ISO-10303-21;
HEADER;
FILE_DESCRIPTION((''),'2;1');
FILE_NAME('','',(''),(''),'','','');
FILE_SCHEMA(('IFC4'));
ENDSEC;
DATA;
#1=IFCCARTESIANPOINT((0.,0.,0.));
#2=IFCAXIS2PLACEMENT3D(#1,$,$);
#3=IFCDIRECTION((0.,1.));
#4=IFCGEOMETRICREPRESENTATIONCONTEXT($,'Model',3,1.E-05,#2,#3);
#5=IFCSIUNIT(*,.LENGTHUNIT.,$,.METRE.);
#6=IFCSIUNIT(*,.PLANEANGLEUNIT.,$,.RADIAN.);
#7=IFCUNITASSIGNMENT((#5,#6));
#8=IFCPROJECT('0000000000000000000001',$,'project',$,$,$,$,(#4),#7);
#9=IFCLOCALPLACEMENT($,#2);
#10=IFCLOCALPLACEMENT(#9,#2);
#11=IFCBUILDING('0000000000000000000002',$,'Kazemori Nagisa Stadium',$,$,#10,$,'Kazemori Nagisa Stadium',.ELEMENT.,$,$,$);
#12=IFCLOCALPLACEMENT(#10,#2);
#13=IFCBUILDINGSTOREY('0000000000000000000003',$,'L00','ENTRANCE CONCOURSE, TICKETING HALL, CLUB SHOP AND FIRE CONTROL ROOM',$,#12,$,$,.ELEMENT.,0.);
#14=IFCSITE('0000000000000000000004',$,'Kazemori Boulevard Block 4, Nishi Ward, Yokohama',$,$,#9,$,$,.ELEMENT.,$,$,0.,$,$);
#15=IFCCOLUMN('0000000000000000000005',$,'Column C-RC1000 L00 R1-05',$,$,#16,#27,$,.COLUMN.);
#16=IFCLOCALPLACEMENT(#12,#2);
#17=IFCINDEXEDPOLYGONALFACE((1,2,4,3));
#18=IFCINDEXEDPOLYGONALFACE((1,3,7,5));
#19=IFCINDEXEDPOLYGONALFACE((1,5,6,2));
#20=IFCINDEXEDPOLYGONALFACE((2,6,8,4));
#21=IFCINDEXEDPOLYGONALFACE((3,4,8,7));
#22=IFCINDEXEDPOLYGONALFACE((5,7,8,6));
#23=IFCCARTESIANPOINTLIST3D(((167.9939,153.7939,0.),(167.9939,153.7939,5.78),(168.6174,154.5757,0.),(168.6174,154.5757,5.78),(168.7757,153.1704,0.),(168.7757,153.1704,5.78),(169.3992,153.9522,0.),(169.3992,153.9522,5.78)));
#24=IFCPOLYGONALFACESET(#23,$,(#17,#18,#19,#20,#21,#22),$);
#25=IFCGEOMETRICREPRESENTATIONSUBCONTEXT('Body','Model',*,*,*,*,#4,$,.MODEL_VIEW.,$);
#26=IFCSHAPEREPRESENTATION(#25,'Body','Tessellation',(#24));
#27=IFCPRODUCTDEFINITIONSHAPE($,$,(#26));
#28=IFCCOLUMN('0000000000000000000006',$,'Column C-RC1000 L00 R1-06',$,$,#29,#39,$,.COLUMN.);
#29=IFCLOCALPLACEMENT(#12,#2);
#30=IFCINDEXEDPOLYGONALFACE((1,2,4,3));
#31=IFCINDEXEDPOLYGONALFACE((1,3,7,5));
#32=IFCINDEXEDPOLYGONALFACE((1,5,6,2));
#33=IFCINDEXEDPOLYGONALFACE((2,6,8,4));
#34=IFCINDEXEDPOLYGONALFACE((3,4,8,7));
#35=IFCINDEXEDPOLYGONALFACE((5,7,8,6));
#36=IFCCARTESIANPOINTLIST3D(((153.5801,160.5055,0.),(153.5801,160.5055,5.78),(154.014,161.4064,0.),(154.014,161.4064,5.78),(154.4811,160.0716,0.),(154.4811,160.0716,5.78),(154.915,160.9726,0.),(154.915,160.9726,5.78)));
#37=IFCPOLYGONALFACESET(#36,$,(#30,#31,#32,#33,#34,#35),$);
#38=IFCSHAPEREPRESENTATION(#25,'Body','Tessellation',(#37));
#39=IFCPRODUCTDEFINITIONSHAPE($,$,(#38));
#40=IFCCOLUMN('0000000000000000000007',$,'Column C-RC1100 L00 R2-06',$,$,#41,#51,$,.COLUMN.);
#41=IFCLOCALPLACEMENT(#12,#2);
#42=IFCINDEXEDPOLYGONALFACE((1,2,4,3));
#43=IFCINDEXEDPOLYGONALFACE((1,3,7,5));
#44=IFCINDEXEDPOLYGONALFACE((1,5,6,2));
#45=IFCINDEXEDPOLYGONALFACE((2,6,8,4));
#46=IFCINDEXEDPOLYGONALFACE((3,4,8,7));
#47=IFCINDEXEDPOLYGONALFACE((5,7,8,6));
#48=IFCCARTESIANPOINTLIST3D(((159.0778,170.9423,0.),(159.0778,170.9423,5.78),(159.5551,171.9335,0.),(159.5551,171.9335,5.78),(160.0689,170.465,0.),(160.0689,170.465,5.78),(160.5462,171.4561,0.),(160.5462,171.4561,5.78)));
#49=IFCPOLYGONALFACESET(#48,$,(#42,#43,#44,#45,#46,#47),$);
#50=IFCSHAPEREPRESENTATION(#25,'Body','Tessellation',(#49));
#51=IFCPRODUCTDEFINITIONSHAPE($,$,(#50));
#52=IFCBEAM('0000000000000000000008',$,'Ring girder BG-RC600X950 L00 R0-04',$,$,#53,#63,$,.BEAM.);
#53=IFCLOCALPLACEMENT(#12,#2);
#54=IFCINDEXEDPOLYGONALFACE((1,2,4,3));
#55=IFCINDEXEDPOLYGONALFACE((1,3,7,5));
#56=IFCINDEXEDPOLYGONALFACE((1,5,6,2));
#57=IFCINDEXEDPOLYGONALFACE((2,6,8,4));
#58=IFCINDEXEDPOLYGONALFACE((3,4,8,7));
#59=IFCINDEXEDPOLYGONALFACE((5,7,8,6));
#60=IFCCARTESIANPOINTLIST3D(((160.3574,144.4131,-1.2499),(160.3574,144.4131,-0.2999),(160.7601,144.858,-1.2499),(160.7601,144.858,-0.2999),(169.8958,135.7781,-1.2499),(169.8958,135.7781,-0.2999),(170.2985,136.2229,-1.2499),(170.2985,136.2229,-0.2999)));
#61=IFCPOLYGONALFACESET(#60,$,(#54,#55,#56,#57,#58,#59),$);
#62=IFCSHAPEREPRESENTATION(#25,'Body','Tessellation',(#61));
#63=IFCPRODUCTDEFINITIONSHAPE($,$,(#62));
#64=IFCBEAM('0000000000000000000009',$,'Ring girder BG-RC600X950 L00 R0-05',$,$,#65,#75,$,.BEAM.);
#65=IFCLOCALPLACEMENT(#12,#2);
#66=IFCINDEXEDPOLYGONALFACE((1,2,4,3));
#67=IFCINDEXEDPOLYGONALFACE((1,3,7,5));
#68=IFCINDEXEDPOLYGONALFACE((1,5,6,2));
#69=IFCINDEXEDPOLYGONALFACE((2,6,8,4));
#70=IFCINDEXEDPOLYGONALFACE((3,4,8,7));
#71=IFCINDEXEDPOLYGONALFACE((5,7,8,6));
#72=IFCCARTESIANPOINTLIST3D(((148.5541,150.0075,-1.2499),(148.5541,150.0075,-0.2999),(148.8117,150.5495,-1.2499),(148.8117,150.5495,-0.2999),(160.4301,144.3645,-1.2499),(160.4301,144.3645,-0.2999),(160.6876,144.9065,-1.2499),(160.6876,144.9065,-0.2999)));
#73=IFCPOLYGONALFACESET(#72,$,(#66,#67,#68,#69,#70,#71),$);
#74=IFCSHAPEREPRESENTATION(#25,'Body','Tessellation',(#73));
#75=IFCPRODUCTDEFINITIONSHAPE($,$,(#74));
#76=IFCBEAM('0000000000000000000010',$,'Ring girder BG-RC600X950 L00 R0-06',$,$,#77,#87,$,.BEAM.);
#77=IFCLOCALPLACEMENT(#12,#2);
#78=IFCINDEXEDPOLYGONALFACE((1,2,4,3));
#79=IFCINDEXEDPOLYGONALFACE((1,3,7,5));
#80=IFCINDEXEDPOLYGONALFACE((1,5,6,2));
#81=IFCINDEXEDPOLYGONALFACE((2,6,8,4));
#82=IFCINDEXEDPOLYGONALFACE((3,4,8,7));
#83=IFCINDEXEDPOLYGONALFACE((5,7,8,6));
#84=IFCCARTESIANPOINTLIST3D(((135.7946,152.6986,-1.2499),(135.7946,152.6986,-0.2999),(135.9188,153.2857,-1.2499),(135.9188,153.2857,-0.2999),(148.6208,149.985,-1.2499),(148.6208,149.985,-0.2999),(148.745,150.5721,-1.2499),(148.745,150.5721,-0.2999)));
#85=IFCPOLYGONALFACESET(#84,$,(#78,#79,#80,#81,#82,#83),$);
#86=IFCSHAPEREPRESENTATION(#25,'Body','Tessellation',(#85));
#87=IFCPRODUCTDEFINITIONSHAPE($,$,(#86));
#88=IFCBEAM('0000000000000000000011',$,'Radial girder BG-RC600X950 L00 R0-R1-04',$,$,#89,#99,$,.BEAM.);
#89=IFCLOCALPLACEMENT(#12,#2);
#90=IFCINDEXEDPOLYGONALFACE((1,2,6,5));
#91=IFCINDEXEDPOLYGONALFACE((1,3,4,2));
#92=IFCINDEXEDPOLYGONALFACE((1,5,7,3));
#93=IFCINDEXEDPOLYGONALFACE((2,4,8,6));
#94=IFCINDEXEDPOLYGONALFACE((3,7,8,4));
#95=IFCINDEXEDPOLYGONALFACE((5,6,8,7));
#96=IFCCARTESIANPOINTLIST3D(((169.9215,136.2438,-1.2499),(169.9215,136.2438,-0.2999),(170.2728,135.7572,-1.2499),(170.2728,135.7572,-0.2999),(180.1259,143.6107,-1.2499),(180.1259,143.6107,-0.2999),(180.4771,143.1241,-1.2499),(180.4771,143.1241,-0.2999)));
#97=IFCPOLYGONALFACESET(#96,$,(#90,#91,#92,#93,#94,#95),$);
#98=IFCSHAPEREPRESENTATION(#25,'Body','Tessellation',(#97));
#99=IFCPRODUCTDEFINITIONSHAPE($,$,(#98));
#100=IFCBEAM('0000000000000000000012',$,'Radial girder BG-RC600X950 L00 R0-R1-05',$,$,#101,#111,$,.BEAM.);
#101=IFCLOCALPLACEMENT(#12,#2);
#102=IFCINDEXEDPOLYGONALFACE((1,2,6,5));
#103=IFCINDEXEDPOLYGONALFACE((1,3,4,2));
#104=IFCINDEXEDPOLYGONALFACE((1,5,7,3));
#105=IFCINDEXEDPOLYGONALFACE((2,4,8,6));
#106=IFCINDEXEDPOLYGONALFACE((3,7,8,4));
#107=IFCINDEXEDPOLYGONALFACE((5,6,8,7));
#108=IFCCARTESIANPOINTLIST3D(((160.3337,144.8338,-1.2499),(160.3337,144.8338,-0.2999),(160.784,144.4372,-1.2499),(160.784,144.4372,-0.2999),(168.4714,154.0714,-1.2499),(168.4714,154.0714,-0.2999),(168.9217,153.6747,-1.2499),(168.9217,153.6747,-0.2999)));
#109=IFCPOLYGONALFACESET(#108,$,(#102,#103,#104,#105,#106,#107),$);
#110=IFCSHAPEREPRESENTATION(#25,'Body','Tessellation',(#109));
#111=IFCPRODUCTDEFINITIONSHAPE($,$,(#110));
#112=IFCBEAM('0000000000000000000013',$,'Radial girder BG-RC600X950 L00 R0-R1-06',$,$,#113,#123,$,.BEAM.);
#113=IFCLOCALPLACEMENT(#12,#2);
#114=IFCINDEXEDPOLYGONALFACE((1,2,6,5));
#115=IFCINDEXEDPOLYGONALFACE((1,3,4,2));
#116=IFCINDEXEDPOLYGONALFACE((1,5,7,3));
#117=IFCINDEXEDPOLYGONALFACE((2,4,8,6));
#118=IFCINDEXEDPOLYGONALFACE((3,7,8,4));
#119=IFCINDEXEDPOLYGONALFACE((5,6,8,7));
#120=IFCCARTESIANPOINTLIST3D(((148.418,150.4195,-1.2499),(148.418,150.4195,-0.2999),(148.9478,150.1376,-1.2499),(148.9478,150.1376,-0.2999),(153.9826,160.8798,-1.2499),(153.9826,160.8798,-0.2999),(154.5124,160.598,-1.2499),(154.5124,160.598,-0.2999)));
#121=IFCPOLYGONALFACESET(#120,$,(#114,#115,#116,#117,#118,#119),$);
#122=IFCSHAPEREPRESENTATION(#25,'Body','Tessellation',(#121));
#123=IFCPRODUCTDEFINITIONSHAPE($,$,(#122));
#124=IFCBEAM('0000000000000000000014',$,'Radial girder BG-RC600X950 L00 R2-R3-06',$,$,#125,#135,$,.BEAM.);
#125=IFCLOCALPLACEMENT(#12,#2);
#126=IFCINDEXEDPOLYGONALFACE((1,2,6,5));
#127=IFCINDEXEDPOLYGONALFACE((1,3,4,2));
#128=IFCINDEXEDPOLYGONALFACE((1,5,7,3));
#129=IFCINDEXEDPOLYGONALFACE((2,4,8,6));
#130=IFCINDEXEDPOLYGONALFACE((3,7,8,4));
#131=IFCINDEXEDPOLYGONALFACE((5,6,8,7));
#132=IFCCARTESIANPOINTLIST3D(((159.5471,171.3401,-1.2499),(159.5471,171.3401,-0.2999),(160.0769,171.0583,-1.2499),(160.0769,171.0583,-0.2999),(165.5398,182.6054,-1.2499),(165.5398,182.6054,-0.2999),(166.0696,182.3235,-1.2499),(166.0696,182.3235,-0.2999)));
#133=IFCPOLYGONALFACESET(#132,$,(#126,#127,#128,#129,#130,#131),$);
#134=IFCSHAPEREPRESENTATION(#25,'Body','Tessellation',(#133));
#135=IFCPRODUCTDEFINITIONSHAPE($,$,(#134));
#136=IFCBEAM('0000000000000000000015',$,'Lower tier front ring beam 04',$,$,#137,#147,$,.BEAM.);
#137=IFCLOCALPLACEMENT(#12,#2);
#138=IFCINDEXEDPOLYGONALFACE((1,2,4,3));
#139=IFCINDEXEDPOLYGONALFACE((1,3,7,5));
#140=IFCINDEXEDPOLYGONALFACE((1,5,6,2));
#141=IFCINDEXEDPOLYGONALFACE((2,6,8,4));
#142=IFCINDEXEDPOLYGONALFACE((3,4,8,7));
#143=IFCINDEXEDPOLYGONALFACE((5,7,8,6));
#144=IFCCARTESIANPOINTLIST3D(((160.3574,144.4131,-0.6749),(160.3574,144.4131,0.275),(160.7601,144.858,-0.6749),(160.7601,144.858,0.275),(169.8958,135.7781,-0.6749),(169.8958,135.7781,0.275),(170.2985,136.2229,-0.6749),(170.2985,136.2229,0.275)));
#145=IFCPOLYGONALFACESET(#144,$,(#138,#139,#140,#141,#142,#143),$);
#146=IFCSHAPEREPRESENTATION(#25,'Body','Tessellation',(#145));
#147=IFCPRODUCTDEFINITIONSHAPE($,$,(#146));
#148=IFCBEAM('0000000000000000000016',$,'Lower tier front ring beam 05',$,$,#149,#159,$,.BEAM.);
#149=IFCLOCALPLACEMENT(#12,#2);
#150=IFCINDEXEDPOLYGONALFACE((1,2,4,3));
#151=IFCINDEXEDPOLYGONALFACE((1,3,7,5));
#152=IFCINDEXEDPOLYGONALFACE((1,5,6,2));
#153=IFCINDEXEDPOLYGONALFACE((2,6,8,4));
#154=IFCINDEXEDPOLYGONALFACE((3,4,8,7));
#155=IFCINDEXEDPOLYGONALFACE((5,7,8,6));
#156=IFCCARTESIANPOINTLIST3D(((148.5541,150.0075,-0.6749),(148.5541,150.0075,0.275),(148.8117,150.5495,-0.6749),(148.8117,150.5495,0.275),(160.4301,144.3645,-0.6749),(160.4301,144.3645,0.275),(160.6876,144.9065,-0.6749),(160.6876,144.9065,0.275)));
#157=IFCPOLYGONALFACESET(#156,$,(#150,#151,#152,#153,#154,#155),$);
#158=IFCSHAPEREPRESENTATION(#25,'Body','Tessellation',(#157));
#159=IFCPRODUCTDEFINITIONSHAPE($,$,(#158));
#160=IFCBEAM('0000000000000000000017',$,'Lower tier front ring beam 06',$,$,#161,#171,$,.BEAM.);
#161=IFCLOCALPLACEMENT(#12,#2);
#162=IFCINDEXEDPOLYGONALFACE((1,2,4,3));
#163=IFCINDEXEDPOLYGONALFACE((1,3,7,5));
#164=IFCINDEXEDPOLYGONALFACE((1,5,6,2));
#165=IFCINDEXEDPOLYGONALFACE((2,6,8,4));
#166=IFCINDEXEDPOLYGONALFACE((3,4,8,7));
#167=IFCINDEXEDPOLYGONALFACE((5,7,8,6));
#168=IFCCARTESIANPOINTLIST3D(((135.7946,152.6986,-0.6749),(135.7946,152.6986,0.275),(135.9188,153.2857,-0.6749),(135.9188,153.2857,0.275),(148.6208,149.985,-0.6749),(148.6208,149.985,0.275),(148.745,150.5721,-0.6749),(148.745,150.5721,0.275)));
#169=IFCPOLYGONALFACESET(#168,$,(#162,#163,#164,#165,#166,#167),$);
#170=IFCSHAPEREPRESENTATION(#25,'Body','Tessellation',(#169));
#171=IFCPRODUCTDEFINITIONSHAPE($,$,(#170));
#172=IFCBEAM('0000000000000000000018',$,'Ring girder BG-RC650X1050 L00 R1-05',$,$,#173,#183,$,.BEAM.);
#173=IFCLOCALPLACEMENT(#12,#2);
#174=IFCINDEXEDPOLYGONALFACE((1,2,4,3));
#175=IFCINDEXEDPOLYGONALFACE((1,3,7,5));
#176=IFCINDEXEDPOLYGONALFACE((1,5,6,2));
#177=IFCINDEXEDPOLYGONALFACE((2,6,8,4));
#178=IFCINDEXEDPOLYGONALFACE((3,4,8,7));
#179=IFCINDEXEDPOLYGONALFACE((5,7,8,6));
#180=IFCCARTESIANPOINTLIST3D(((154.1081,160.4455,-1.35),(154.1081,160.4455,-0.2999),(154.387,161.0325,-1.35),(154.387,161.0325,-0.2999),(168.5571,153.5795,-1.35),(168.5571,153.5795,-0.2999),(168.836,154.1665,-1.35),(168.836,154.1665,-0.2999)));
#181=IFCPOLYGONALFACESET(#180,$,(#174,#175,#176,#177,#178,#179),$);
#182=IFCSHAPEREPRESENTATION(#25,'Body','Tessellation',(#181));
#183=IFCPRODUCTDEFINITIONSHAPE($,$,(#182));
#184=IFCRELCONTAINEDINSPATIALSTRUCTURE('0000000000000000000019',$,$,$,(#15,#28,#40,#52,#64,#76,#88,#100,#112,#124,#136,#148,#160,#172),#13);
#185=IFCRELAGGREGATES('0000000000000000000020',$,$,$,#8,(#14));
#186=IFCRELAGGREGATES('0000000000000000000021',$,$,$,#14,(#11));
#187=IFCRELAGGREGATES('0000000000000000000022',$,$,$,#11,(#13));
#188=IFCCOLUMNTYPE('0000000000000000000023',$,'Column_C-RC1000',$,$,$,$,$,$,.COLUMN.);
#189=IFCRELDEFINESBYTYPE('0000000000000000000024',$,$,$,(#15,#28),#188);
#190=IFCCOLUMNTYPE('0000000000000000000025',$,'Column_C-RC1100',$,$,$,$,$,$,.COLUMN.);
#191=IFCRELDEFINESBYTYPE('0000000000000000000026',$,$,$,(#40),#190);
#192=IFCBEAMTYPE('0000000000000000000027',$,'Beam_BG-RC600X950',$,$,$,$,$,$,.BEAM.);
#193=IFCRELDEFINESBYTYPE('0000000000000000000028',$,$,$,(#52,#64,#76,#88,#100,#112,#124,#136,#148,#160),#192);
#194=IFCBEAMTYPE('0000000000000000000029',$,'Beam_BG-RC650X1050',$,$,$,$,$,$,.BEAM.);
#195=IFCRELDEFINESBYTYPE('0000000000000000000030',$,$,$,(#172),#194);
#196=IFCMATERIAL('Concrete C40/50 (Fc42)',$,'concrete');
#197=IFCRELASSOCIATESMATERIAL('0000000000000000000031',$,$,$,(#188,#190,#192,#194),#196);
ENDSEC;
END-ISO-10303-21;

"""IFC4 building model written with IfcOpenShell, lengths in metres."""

from ifc_helpers import new_model, si_unit, direction, frame, origin, origin_2d, place, context, subcontext, project, spatial, rectangle, extrude, material, material_profile, profile_set, type_object, element, save


model = new_model("IFC4")

# Units and contexts
model_context = context("Model", 3, precision=1e-05, world=origin(), true_north=direction((0.0, 1.0)))
body_context = subcontext(model_context, "Body", "Model", "MODEL_VIEW")
ifc_project = project(units=[si_unit("LENGTHUNIT", "METRE"), si_unit("PLANEANGLEUNIT", "RADIAN")], contexts=[model_context])

# Site, building, storey
site_placement = place(None, origin())
site = spatial("IfcSite", under=ifc_project, at=site_placement, Name="Kazemori Boulevard Block 4, Nishi Ward, Yokohama", CompositionType="ELEMENT", RefElevation=0.0)
building_placement = place(site_placement, origin())
building = spatial("IfcBuilding", under=site, at=building_placement, Name="Kazemori Nagisa Stadium", LongName="Kazemori Nagisa Stadium", CompositionType="ELEMENT")
storey_placement = place(building_placement, origin())
storey = spatial("IfcBuildingStorey", under=building, at=storey_placement, Name="L00", Description="ENTRANCE CONCOURSE, TICKETING HALL, CLUB SHOP AND FIRE CONTROL ROOM", CompositionType="ELEMENT", Elevation=0.0)

# Columns
ifc_material_1 = material(Name="Concrete C40/50 (Fc42)", Category="concrete")
ifc_material_profile_1 = material_profile(ifc_material_1, rectangle(XDim=1.0, YDim=1.0, at=origin_2d()), Name="RC-COL-1000x1000")
ifc_profile_set_1 = profile_set([ifc_material_profile_1], Name="Concrete C40/50 (Fc42)")
column_type_1 = type_object("IfcColumnType", Name="Column_C-RC1000", PredefinedType="COLUMN", material=ifc_profile_set_1)
for number, where, z_axis, x_axis, name in (
    (1, (168.6965, 153.873, 0.0), (0.0, 0.0, 1.0), (0.62349, 0.781831, 0.0), "Column C-RC1000 L00 R1-05"),
    (2, (154.2476, 160.739, 0.0), (0.0, 0.0, 1.0), (0.433884, 0.900969, 0.0), "Column C-RC1000 L00 R1-06"),
):
    element("IfcColumn", number, at=place(storey_placement, frame(where, z_axis=z_axis, x_axis=x_axis)), inside=storey, type_object=column_type_1, Name=name, PredefinedType="COLUMN", context=body_context, shape_type="SweptSolid", body=[
        extrude(rectangle(XDim=1.0, YDim=1.0, at=origin_2d()), origin(), (0.0, 0.0, 1.0), 5.78),
    ])
ifc_material_profile_2 = material_profile(ifc_material_1, rectangle(XDim=1.1001, YDim=1.1001, at=origin_2d()), Name="RC-COL-1100x1100")
ifc_profile_set_2 = profile_set([ifc_material_profile_2], Name="Concrete C40/50 (Fc42)")
column_type_2 = type_object("IfcColumnType", Name="Column_C-RC1100", PredefinedType="COLUMN", material=ifc_profile_set_2)
column_placement = place(storey_placement, frame((159.812, 171.1992, 0.0), z_axis=(0.0, 0.0, 1.0), x_axis=(0.433884, 0.900969, 0.0)))
element("IfcColumn", 3, at=column_placement, inside=storey, type_object=column_type_2, Name="Column C-RC1100 L00 R2-06", PredefinedType="COLUMN", context=body_context, shape_type="SweptSolid", body=[
    extrude(rectangle(XDim=1.1001, YDim=1.1001, at=origin_2d()), origin(), (0.0, 0.0, 1.0), 5.78),
])

# Beams
ifc_material_profile_3 = material_profile(ifc_material_1, rectangle(XDim=0.6001, YDim=0.95, at=origin_2d()), Name="RC-BM-600x950")
ifc_profile_set_3 = profile_set([ifc_material_profile_3], Name="Concrete C40/50 (Fc42)")
beam_type_1 = type_object("IfcBeamType", Name="Beam_BG-RC600X950", PredefinedType="BEAM", material=ifc_profile_set_3)
beam_1_placement = place(storey_placement, frame((170.0972, 136.0005, -0.7749), z_axis=(-0.741339, 0.671131, 0.0), x_axis=(-0.671131, -0.741339, 0.0)))
element("IfcBeam", 4, at=beam_1_placement, inside=storey, type_object=beam_type_1, Name="Ring girder BG-RC600X950 L00 R0-04", PredefinedType="BEAM", context=body_context, shape_type="SweptSolid", body=[
    extrude(rectangle(XDim=0.6001, YDim=0.95, at=origin_2d()), origin(), (0.0, 0.0, 1.0), 12.8665),
])
beam_2_placement = place(storey_placement, frame((160.5588, 144.6355, -0.7749), z_axis=(-0.903219, 0.42918, 0.0), x_axis=(-0.42918, -0.903219, 0.0)))
element("IfcBeam", 5, at=beam_2_placement, inside=storey, type_object=beam_type_1, Name="Ring girder BG-RC600X950 L00 R0-05", PredefinedType="BEAM", context=body_context, shape_type="SweptSolid", body=[
    extrude(rectangle(XDim=0.6001, YDim=0.95, at=origin_2d()), origin(), (0.0, 0.0, 1.0), 13.1484),
])
beam_3_placement = place(storey_placement, frame((148.6829, 150.2786, -0.7749), z_axis=(-0.978344, 0.206987, 0.0), x_axis=(-0.206987, -0.978344, 0.0)))
element("IfcBeam", 6, at=beam_3_placement, inside=storey, type_object=beam_type_1, Name="Ring girder BG-RC600X950 L00 R0-06", PredefinedType="BEAM", context=body_context, shape_type="SweptSolid", body=[
    extrude(rectangle(XDim=0.6001, YDim=0.95, at=origin_2d()), origin(), (0.0, 0.0, 1.0), 13.1101),
])
beam_4_placement = place(storey_placement, frame((170.0972, 136.0005, -0.7749), z_axis=(0.810787, 0.585341, 0.0), x_axis=(-0.585341, 0.810787, 0.0)))
element("IfcBeam", 7, at=beam_4_placement, inside=storey, type_object=beam_type_1, Name="Radial girder BG-RC600X950 L00 R0-R1-04", PredefinedType="BEAM", context=body_context, shape_type="SweptSolid", body=[
    extrude(rectangle(XDim=0.6001, YDim=0.95, at=origin_2d()), origin(), (0.0, 0.0, 1.0), 12.5857),
])
beam_5_placement = place(storey_placement, frame((160.5588, 144.6355, -0.7749), z_axis=(0.661024, 0.750365, 0.0), x_axis=(-0.750365, 0.661024, 0.0)))
element("IfcBeam", 8, at=beam_5_placement, inside=storey, type_object=beam_type_1, Name="Radial girder BG-RC600X950 L00 R0-R1-05", PredefinedType="BEAM", context=body_context, shape_type="SweptSolid", body=[
    extrude(rectangle(XDim=0.6001, YDim=0.95, at=origin_2d()), origin(), (0.0, 0.0, 1.0), 12.3108),
])
beam_6_placement = place(storey_placement, frame((148.6829, 150.2786, -0.7749), z_axis=(0.469654, 0.88285, 0.0), x_axis=(-0.88285, 0.469654, 0.0)))
element("IfcBeam", 9, at=beam_6_placement, inside=storey, type_object=beam_type_1, Name="Radial girder BG-RC600X950 L00 R0-R1-06", PredefinedType="BEAM", context=body_context, shape_type="SweptSolid", body=[
    extrude(rectangle(XDim=0.6001, YDim=0.95, at=origin_2d()), origin(), (0.0, 0.0, 1.0), 11.8484),
])
beam_7_placement = place(storey_placement, frame((159.812, 171.1992, -0.7749), z_axis=(0.469649, 0.882853, 0.0), x_axis=(-0.882853, 0.469649, 0.0)))
element("IfcBeam", 10, at=beam_7_placement, inside=storey, type_object=beam_type_1, Name="Radial girder BG-RC600X950 L00 R2-R3-06", PredefinedType="BEAM", context=body_context, shape_type="SweptSolid", body=[
    extrude(rectangle(XDim=0.6001, YDim=0.95, at=origin_2d()), origin(), (0.0, 0.0, 1.0), 12.76),
])
beam_8_placement = place(storey_placement, frame((170.0972, 136.0005, -0.2), z_axis=(-0.741339, 0.671131, 0.0), x_axis=(-0.671131, -0.741339, 0.0)))
element("IfcBeam", 11, at=beam_8_placement, inside=storey, type_object=beam_type_1, Name="Lower tier front ring beam 04", PredefinedType="BEAM", context=body_context, shape_type="SweptSolid", body=[
    extrude(rectangle(XDim=0.6001, YDim=0.95, at=origin_2d()), origin(), (0.0, 0.0, 1.0), 12.8665),
])
beam_9_placement = place(storey_placement, frame((160.5588, 144.6355, -0.2), z_axis=(-0.903219, 0.42918, 0.0), x_axis=(-0.42918, -0.903219, 0.0)))
element("IfcBeam", 12, at=beam_9_placement, inside=storey, type_object=beam_type_1, Name="Lower tier front ring beam 05", PredefinedType="BEAM", context=body_context, shape_type="SweptSolid", body=[
    extrude(rectangle(XDim=0.6001, YDim=0.95, at=origin_2d()), origin(), (0.0, 0.0, 1.0), 13.1484),
])
beam_10_placement = place(storey_placement, frame((148.6829, 150.2786, -0.2), z_axis=(-0.978344, 0.206987, 0.0), x_axis=(-0.206987, -0.978344, 0.0)))
element("IfcBeam", 13, at=beam_10_placement, inside=storey, type_object=beam_type_1, Name="Lower tier front ring beam 06", PredefinedType="BEAM", context=body_context, shape_type="SweptSolid", body=[
    extrude(rectangle(XDim=0.6001, YDim=0.95, at=origin_2d()), origin(), (0.0, 0.0, 1.0), 13.1101),
])
ifc_material_profile_4 = material_profile(ifc_material_1, rectangle(XDim=0.6499, YDim=1.05, at=origin_2d()), Name="RC-BM-650x1050")
ifc_profile_set_4 = profile_set([ifc_material_profile_4], Name="Concrete C40/50 (Fc42)")
beam_type_2 = type_object("IfcBeamType", Name="Beam_BG-RC650X1050", PredefinedType="BEAM", material=ifc_profile_set_4)
beam_11_placement = place(storey_placement, frame((168.6965, 153.873, -0.825), z_axis=(-0.903212, 0.429195, 0.0), x_axis=(-0.429195, -0.903212, 0.0)))
element("IfcBeam", 14, at=beam_11_placement, inside=storey, type_object=beam_type_2, Name="Ring girder BG-RC650X1050 L00 R1-05", PredefinedType="BEAM", context=body_context, shape_type="SweptSolid", body=[
    extrude(rectangle(XDim=0.6499, YDim=1.05, at=origin_2d()), origin(), (0.0, 0.0, 1.0), 15.9973),
])

save(model, "model.ifc")
